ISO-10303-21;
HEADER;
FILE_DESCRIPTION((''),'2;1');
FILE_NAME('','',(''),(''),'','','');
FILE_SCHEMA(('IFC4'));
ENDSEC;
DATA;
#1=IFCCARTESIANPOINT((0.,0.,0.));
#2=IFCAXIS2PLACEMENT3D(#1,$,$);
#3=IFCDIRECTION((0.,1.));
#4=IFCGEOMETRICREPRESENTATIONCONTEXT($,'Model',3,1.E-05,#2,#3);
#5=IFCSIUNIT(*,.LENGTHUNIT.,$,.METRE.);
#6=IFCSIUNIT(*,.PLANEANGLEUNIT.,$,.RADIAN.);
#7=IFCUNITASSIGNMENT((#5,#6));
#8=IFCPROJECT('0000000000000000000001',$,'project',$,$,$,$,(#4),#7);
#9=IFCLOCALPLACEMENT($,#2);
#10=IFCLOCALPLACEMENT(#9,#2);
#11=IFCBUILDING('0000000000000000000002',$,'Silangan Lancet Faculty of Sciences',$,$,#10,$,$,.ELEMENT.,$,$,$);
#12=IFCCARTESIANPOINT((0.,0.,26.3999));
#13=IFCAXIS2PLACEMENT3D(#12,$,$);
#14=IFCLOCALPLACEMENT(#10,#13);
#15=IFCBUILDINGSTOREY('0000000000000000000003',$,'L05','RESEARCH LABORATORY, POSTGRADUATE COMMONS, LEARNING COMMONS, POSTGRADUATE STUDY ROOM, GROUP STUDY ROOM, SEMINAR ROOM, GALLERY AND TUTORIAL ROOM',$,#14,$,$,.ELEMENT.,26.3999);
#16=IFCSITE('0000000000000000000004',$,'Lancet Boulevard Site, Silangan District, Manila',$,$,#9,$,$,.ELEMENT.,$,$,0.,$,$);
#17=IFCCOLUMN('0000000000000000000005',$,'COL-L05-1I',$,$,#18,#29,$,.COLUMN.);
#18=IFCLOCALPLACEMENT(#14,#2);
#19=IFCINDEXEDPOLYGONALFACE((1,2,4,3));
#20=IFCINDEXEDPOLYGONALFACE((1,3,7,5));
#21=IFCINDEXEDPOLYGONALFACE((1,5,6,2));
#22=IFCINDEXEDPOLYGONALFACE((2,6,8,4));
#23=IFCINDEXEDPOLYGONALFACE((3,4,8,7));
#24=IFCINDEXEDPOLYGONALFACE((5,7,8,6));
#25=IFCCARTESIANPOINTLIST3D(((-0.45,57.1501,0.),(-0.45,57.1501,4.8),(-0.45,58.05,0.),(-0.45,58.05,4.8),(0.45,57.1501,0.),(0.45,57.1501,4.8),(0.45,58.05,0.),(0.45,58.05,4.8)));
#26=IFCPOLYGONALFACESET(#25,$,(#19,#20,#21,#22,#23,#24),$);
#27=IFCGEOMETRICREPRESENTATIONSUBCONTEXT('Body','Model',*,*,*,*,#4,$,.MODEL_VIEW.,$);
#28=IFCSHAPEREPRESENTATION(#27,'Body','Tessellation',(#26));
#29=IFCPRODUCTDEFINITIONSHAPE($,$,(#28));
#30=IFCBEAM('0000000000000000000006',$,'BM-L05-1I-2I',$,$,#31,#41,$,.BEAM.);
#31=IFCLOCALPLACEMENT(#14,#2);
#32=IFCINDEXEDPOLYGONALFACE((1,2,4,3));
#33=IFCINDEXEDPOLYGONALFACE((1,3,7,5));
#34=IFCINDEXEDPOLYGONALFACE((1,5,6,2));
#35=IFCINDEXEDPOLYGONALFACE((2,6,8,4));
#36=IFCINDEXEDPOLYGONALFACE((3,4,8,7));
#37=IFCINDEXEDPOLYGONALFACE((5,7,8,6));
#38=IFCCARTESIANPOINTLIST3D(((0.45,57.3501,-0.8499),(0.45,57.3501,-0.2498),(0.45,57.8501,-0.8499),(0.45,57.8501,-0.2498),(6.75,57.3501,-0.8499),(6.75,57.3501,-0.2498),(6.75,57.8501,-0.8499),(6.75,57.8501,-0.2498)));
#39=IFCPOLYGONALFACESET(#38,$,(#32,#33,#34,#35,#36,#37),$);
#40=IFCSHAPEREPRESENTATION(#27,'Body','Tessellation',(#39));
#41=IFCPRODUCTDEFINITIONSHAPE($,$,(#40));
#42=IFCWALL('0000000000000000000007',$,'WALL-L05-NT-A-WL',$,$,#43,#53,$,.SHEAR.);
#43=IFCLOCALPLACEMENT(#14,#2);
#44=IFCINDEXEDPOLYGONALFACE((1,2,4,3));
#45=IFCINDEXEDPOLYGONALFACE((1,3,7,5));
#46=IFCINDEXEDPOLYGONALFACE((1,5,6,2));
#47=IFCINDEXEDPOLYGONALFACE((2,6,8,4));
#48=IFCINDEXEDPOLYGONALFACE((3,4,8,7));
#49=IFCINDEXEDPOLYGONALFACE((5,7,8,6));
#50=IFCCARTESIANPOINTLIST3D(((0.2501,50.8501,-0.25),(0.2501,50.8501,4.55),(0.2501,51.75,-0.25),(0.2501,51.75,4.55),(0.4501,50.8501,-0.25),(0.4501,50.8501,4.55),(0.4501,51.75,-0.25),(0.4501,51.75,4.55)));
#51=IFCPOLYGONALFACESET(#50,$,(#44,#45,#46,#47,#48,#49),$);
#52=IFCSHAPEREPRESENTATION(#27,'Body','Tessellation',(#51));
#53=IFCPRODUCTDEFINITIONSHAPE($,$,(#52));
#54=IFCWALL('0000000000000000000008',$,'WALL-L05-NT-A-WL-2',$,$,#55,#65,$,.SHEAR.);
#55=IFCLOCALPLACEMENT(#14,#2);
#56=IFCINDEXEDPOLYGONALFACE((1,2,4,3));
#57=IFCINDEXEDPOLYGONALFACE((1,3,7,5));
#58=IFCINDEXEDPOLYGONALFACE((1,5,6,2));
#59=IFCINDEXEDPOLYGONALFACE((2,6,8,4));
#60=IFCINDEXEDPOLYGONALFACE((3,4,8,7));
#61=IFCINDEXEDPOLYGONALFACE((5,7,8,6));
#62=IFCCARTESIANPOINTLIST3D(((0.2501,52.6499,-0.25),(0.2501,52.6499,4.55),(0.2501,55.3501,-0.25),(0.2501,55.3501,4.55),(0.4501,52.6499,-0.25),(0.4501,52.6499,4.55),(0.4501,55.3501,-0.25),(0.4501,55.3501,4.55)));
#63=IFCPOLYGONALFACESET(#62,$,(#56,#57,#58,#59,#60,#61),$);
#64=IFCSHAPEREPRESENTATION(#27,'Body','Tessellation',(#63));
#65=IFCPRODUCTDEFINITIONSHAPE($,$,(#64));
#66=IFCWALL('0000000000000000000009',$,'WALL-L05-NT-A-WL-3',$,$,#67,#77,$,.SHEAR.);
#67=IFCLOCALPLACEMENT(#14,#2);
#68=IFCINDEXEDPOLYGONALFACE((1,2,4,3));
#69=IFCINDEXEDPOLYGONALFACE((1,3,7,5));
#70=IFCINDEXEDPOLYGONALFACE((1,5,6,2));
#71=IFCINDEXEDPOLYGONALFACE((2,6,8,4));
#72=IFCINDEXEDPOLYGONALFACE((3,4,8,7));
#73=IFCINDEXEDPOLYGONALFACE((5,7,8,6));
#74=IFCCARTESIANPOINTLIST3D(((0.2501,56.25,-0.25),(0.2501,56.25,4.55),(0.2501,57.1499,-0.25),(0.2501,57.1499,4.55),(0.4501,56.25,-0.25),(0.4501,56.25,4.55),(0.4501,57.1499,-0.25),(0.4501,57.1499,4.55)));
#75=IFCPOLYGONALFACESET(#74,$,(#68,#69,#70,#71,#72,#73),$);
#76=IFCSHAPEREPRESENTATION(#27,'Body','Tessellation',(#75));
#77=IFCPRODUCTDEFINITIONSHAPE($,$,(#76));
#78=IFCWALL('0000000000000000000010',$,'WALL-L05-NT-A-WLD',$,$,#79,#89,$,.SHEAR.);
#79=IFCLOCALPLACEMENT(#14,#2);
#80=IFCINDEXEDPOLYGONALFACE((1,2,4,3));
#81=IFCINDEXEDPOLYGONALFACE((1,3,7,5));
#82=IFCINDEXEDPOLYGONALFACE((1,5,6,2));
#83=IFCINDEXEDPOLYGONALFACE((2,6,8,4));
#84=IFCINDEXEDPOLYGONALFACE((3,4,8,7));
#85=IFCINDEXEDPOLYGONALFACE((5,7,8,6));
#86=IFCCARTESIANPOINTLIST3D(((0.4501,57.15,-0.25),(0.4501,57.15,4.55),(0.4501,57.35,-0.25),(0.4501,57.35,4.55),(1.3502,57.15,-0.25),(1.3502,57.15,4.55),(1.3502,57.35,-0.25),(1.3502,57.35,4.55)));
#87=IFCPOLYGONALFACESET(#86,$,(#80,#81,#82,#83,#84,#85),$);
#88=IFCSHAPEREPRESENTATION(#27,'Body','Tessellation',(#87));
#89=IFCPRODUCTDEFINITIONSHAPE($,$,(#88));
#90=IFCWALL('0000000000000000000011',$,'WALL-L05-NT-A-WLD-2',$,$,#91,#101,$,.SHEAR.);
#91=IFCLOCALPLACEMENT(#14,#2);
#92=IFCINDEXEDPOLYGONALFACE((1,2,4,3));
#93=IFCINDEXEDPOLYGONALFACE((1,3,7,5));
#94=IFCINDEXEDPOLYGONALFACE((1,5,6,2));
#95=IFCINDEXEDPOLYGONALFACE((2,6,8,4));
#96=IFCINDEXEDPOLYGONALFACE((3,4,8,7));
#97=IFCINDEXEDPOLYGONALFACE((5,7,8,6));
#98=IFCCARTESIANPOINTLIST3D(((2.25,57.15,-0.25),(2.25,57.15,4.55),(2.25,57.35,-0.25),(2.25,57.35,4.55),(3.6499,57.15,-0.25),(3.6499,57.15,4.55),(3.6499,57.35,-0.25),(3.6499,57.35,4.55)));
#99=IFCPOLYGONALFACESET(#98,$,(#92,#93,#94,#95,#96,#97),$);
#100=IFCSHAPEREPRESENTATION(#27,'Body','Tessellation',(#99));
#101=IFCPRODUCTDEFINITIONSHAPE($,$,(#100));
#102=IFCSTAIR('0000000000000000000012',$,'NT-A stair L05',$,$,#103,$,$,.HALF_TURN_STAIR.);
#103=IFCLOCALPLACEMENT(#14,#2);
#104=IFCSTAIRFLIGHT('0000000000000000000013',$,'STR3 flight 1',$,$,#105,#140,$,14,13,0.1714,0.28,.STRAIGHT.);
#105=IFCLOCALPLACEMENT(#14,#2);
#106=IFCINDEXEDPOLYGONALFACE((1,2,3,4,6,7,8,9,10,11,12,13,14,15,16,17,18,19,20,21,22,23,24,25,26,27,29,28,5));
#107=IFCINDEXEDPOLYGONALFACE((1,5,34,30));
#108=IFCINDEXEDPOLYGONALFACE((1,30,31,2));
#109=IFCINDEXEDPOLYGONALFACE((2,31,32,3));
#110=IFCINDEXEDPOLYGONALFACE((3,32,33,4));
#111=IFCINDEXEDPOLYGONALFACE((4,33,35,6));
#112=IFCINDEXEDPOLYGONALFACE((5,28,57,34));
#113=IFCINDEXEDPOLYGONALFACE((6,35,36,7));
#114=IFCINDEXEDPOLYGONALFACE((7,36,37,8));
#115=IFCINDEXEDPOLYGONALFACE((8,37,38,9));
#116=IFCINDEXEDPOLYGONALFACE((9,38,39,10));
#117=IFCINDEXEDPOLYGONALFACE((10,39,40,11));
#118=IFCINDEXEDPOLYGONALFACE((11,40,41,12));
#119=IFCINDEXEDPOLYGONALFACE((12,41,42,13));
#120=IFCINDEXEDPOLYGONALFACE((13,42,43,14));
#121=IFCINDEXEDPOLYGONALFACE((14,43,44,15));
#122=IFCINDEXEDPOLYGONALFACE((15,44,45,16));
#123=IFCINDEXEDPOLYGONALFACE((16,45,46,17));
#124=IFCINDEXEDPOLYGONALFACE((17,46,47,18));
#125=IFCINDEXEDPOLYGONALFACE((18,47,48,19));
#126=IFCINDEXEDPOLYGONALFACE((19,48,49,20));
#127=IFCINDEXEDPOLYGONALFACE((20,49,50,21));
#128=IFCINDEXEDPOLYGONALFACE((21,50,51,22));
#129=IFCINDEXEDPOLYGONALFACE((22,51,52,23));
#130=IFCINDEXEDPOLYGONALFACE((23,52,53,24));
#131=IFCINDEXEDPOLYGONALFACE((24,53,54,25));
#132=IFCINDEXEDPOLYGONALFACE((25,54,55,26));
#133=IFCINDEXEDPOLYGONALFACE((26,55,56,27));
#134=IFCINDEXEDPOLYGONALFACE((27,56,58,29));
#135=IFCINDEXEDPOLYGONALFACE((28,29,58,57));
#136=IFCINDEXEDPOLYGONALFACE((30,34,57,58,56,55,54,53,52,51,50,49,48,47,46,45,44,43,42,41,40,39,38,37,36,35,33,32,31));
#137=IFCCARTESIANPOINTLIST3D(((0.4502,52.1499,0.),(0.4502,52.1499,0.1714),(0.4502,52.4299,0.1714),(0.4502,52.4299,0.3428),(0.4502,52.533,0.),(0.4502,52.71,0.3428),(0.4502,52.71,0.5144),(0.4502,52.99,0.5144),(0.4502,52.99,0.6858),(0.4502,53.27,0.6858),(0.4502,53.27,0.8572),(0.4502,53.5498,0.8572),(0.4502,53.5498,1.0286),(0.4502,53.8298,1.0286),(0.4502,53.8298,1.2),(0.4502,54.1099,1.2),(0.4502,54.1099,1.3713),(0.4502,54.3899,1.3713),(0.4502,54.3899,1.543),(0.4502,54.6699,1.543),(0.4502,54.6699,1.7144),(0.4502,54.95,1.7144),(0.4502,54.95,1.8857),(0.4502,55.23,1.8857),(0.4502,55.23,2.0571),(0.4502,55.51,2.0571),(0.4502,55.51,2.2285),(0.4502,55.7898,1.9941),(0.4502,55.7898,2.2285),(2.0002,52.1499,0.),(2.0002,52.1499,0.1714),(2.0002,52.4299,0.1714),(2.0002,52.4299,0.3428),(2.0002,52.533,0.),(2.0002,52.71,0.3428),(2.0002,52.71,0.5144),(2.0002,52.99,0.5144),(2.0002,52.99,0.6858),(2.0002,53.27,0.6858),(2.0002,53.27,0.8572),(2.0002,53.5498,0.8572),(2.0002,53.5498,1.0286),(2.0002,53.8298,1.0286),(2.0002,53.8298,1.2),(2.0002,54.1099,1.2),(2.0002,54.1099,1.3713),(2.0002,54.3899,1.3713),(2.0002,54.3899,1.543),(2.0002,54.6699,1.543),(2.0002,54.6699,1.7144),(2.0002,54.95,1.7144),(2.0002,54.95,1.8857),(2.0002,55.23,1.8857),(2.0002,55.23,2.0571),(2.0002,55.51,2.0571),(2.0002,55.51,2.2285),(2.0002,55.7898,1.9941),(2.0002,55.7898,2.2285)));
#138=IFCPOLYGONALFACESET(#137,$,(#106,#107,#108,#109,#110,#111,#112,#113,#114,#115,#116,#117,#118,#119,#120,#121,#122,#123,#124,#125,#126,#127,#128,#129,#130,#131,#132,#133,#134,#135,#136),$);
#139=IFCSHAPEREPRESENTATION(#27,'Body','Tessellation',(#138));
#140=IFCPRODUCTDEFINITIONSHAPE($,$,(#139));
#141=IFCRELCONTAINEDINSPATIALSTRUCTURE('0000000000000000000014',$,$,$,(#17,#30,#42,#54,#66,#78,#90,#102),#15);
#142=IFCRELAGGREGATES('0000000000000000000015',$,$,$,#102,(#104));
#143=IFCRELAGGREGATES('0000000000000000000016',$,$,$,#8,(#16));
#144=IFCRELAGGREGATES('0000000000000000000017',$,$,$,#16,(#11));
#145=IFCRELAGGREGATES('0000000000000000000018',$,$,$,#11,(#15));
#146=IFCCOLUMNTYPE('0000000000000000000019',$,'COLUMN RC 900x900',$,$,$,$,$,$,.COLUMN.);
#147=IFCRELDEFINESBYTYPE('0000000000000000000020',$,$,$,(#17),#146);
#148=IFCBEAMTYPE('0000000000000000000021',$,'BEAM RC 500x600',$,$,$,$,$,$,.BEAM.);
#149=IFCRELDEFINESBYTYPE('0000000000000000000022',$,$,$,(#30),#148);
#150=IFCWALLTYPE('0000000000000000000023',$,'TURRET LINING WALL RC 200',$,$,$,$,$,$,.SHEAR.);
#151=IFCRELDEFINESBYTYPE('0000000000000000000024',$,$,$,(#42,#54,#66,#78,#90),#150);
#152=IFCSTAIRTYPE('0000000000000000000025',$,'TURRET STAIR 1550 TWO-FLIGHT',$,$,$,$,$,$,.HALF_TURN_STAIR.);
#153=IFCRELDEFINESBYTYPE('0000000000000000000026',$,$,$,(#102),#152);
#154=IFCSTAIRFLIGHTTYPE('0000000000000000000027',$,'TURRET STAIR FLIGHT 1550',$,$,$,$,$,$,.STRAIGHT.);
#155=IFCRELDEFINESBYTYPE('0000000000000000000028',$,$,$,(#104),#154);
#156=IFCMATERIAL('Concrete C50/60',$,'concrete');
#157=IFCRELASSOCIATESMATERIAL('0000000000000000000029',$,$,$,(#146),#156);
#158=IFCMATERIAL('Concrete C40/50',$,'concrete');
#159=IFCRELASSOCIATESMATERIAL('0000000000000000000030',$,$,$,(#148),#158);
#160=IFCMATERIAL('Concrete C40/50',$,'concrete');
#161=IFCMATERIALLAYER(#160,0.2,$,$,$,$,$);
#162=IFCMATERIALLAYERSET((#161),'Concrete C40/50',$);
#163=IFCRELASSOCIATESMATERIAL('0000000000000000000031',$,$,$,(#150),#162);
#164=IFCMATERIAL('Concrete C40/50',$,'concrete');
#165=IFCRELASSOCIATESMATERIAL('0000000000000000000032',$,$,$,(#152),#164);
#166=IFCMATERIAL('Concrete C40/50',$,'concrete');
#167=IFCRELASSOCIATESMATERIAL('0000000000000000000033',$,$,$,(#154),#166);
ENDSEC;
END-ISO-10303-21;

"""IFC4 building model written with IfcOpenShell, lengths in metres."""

from ifc_helpers import new_model, si_unit, direction, frame, frame_2d, origin, origin_2d, place, context, subcontext, project, spatial, polyline, rectangle, outline, extrude, material, layer, layer_set, material_profile, profile_set, type_object, element, aggregate, save


model = new_model("IFC4")

# Units and contexts
model_context = context("Model", 3, precision=1e-05, world=origin(), true_north=direction((0.0, 1.0)))
body_context = subcontext(model_context, "Body", "Model", "MODEL_VIEW")
ifc_project = project(units=[si_unit("LENGTHUNIT", "METRE"), si_unit("PLANEANGLEUNIT", "RADIAN")], contexts=[model_context])

# Site, building, storey
site_placement = place(None, origin())
site = spatial("IfcSite", under=ifc_project, at=site_placement, Name="Lancet Boulevard Site, Silangan District, Manila", CompositionType="ELEMENT", RefElevation=0.0)
building_placement = place(site_placement, origin())
building = spatial("IfcBuilding", under=site, at=building_placement, Name="Silangan Lancet Faculty of Sciences", CompositionType="ELEMENT")
storey_placement = place(building_placement, frame((0.0, 0.0, 26.3999)))
storey = spatial("IfcBuildingStorey", under=building, at=storey_placement, Name="L05", Description="RESEARCH LABORATORY, POSTGRADUATE COMMONS, LEARNING COMMONS, POSTGRADUATE STUDY ROOM, GROUP STUDY ROOM, SEMINAR ROOM, GALLERY AND TUTORIAL ROOM", CompositionType="ELEMENT", Elevation=26.3999)

# Column
ifc_material_1 = material(Name="Concrete C50/60", Category="concrete")
ifc_material_profile_1 = material_profile(ifc_material_1, rectangle(XDim=0.8999, YDim=0.8999, at=origin_2d()), Name="RC 900x900")
ifc_profile_set_1 = profile_set([ifc_material_profile_1], Name="Concrete C50/60")
column_type = type_object("IfcColumnType", Name="COLUMN RC 900x900", PredefinedType="COLUMN", material=ifc_profile_set_1)
column_placement = place(storey_placement, frame((0.0, 57.6001, 0.0), z_axis=(0.0, 0.0, 1.0), x_axis=(1.0, 0.0, 0.0)))
element("IfcColumn", 1, at=column_placement, inside=storey, type_object=column_type, Name="COL-L05-1I", PredefinedType="COLUMN", context=body_context, shape_type="SweptSolid", body=[
    extrude(rectangle(XDim=0.8999, YDim=0.8999, at=origin_2d()), origin(), (0.0, 0.0, 1.0), 4.8),
])

# Beam
ifc_material_2 = material(Name="Concrete C40/50", Category="concrete")
ifc_material_profile_2 = material_profile(ifc_material_2, rectangle(XDim=0.5, YDim=0.6001, at=origin_2d()), Name="RC 500x600")
ifc_profile_set_2 = profile_set([ifc_material_profile_2], Name="Concrete C40/50")
beam_type = type_object("IfcBeamType", Name="BEAM RC 500x600", PredefinedType="BEAM", material=ifc_profile_set_2)
beam_placement = place(storey_placement, frame((0.45, 57.6001, -0.5498), z_axis=(1.0, 0.0, 0.0), x_axis=(0.0, 1.0, 0.0)))
element("IfcBeam", 2, at=beam_placement, inside=storey, type_object=beam_type, Name="BM-L05-1I-2I", PredefinedType="BEAM", context=body_context, shape_type="SweptSolid", body=[
    extrude(rectangle(XDim=0.5, YDim=0.6001, at=origin_2d()), origin(), (0.0, 0.0, 1.0), 6.3),
])

# Walls
ifc_material_3 = material(Name="Concrete C40/50", Category="concrete")
ifc_layer = layer(ifc_material_3, 0.2)
ifc_layer_set = layer_set([ifc_layer], Name="Concrete C40/50")
wall_type = type_object("IfcWallType", Name="TURRET LINING WALL RC 200", PredefinedType="SHEAR", material=ifc_layer_set)
wall_1_placement = place(storey_placement, frame((0.3501, 50.8501, -0.25), z_axis=(0.0, 0.0, 1.0), x_axis=(0.0, 1.0, 0.0)))
element("IfcWall", 3, at=wall_1_placement, inside=storey, type_object=wall_type, Name="WALL-L05-NT-A-WL", PredefinedType="SHEAR", context=body_context, shape_type="SweptSolid", body=[
    extrude(rectangle(XDim=0.8999, YDim=0.2, at=frame_2d((0.45, 0.0))), origin(), (0.0, 0.0, 1.0), 4.8),
])
wall_2_placement = place(storey_placement, frame((0.3501, 52.6499, -0.25), z_axis=(0.0, 0.0, 1.0), x_axis=(0.0, 1.0, 0.0)))
element("IfcWall", 4, at=wall_2_placement, inside=storey, type_object=wall_type, Name="WALL-L05-NT-A-WL-2", PredefinedType="SHEAR", context=body_context, shape_type="SweptSolid", body=[
    extrude(rectangle(XDim=2.7002, YDim=0.2, at=frame_2d((1.3501, 0.0))), origin(), (0.0, 0.0, 1.0), 4.8),
])
wall_3_placement = place(storey_placement, frame((0.3501, 56.25, -0.25), z_axis=(0.0, 0.0, 1.0), x_axis=(0.0, 1.0, 0.0)))
element("IfcWall", 5, at=wall_3_placement, inside=storey, type_object=wall_type, Name="WALL-L05-NT-A-WL-3", PredefinedType="SHEAR", context=body_context, shape_type="SweptSolid", body=[
    extrude(rectangle(XDim=0.8999, YDim=0.2, at=frame_2d((0.45, 0.0))), origin(), (0.0, 0.0, 1.0), 4.8),
])
wall_4_placement = place(storey_placement, frame((0.45, 57.25, -0.25), z_axis=(0.0, 0.0, 1.0), x_axis=(1.0, 0.0, 0.0)))
element("IfcWall", 6, at=wall_4_placement, inside=storey, type_object=wall_type, Name="WALL-L05-NT-A-WLD", PredefinedType="SHEAR", context=body_context, shape_type="SweptSolid", body=[
    extrude(rectangle(XDim=0.9001, YDim=0.2, at=frame_2d((0.4502, 0.0))), origin(), (0.0, 0.0, 1.0), 4.8),
])
wall_5_placement = place(storey_placement, frame((2.25, 57.25, -0.25), z_axis=(0.0, 0.0, 1.0), x_axis=(1.0, 0.0, 0.0)))
element("IfcWall", 7, at=wall_5_placement, inside=storey, type_object=wall_type, Name="WALL-L05-NT-A-WLD-2", PredefinedType="SHEAR", context=body_context, shape_type="SweptSolid", body=[
    extrude(rectangle(XDim=1.3999, YDim=0.2, at=frame_2d((0.7, 0.0))), origin(), (0.0, 0.0, 1.0), 4.8),
])

# Stair, stair flight
ifc_material_4 = material(Name="Concrete C40/50", Category="concrete")
stair_type = type_object("IfcStairType", Name="TURRET STAIR 1550 TWO-FLIGHT", PredefinedType="HALF_TURN_STAIR", material=ifc_material_4)
stair_placement = place(storey_placement, origin())
stair = element("IfcStair", 8, at=stair_placement, inside=storey, type_object=stair_type, Name="NT-A stair L05", PredefinedType="HALF_TURN_STAIR")
ifc_material_5 = material(Name="Concrete C40/50", Category="concrete")
stair_flight_type = type_object("IfcStairFlightType", Name="TURRET STAIR FLIGHT 1550", PredefinedType="STRAIGHT", material=ifc_material_5)
stair_flight_placement = place(storey_placement, frame((1.2251, 52.1499, 0.0), z_axis=(0.0, 0.0, 1.0), x_axis=(0.0, 1.0, 0.0)))
stair_flight = element("IfcStairFlight", 9, at=stair_flight_placement, type_object=stair_flight_type, Name="STR3 flight 1", NumberOfRisers=14, NumberOfTreads=13, PredefinedType="STRAIGHT", RiserHeight=0.1714, TreadLength=0.28, context=body_context, shape_type="SweptSolid", body=[
    extrude(outline(polyline([(0.0, 0.0), (0.0, 0.1714), (0.28, 0.1714), (0.28, 0.3428), (0.5601, 0.3428), (0.5601, 0.5144), (0.8401, 0.5144), (0.8401, 0.6858), (1.1201, 0.6858), (1.1201, 0.8572), (1.3999, 0.8572), (1.3999, 1.0286), (1.6799, 1.0286), (1.6799, 1.2), (1.96, 1.2), (1.96, 1.3713), (2.24, 1.3713), (2.24, 1.543), (2.52, 1.543), (2.52, 1.7144), (2.8, 1.7144), (2.8, 1.8857), (3.0801, 1.8857), (3.0801, 2.0571), (3.3601, 2.0571), (3.3601, 2.2285), (3.6399, 2.2285), (3.6399, 2.3999), (3.6399, 1.9941), (0.3831, 0.0), (0.0, 0.0)])), frame((0.0, 0.7749, 0.0), z_axis=(0.0, -1.0, 0.0), x_axis=(1.0, 0.0, 0.0)), (0.0, 0.0, 1.0), 1.55),
])
aggregate(stair, [stair_flight])

save(model, "model.ifc")
